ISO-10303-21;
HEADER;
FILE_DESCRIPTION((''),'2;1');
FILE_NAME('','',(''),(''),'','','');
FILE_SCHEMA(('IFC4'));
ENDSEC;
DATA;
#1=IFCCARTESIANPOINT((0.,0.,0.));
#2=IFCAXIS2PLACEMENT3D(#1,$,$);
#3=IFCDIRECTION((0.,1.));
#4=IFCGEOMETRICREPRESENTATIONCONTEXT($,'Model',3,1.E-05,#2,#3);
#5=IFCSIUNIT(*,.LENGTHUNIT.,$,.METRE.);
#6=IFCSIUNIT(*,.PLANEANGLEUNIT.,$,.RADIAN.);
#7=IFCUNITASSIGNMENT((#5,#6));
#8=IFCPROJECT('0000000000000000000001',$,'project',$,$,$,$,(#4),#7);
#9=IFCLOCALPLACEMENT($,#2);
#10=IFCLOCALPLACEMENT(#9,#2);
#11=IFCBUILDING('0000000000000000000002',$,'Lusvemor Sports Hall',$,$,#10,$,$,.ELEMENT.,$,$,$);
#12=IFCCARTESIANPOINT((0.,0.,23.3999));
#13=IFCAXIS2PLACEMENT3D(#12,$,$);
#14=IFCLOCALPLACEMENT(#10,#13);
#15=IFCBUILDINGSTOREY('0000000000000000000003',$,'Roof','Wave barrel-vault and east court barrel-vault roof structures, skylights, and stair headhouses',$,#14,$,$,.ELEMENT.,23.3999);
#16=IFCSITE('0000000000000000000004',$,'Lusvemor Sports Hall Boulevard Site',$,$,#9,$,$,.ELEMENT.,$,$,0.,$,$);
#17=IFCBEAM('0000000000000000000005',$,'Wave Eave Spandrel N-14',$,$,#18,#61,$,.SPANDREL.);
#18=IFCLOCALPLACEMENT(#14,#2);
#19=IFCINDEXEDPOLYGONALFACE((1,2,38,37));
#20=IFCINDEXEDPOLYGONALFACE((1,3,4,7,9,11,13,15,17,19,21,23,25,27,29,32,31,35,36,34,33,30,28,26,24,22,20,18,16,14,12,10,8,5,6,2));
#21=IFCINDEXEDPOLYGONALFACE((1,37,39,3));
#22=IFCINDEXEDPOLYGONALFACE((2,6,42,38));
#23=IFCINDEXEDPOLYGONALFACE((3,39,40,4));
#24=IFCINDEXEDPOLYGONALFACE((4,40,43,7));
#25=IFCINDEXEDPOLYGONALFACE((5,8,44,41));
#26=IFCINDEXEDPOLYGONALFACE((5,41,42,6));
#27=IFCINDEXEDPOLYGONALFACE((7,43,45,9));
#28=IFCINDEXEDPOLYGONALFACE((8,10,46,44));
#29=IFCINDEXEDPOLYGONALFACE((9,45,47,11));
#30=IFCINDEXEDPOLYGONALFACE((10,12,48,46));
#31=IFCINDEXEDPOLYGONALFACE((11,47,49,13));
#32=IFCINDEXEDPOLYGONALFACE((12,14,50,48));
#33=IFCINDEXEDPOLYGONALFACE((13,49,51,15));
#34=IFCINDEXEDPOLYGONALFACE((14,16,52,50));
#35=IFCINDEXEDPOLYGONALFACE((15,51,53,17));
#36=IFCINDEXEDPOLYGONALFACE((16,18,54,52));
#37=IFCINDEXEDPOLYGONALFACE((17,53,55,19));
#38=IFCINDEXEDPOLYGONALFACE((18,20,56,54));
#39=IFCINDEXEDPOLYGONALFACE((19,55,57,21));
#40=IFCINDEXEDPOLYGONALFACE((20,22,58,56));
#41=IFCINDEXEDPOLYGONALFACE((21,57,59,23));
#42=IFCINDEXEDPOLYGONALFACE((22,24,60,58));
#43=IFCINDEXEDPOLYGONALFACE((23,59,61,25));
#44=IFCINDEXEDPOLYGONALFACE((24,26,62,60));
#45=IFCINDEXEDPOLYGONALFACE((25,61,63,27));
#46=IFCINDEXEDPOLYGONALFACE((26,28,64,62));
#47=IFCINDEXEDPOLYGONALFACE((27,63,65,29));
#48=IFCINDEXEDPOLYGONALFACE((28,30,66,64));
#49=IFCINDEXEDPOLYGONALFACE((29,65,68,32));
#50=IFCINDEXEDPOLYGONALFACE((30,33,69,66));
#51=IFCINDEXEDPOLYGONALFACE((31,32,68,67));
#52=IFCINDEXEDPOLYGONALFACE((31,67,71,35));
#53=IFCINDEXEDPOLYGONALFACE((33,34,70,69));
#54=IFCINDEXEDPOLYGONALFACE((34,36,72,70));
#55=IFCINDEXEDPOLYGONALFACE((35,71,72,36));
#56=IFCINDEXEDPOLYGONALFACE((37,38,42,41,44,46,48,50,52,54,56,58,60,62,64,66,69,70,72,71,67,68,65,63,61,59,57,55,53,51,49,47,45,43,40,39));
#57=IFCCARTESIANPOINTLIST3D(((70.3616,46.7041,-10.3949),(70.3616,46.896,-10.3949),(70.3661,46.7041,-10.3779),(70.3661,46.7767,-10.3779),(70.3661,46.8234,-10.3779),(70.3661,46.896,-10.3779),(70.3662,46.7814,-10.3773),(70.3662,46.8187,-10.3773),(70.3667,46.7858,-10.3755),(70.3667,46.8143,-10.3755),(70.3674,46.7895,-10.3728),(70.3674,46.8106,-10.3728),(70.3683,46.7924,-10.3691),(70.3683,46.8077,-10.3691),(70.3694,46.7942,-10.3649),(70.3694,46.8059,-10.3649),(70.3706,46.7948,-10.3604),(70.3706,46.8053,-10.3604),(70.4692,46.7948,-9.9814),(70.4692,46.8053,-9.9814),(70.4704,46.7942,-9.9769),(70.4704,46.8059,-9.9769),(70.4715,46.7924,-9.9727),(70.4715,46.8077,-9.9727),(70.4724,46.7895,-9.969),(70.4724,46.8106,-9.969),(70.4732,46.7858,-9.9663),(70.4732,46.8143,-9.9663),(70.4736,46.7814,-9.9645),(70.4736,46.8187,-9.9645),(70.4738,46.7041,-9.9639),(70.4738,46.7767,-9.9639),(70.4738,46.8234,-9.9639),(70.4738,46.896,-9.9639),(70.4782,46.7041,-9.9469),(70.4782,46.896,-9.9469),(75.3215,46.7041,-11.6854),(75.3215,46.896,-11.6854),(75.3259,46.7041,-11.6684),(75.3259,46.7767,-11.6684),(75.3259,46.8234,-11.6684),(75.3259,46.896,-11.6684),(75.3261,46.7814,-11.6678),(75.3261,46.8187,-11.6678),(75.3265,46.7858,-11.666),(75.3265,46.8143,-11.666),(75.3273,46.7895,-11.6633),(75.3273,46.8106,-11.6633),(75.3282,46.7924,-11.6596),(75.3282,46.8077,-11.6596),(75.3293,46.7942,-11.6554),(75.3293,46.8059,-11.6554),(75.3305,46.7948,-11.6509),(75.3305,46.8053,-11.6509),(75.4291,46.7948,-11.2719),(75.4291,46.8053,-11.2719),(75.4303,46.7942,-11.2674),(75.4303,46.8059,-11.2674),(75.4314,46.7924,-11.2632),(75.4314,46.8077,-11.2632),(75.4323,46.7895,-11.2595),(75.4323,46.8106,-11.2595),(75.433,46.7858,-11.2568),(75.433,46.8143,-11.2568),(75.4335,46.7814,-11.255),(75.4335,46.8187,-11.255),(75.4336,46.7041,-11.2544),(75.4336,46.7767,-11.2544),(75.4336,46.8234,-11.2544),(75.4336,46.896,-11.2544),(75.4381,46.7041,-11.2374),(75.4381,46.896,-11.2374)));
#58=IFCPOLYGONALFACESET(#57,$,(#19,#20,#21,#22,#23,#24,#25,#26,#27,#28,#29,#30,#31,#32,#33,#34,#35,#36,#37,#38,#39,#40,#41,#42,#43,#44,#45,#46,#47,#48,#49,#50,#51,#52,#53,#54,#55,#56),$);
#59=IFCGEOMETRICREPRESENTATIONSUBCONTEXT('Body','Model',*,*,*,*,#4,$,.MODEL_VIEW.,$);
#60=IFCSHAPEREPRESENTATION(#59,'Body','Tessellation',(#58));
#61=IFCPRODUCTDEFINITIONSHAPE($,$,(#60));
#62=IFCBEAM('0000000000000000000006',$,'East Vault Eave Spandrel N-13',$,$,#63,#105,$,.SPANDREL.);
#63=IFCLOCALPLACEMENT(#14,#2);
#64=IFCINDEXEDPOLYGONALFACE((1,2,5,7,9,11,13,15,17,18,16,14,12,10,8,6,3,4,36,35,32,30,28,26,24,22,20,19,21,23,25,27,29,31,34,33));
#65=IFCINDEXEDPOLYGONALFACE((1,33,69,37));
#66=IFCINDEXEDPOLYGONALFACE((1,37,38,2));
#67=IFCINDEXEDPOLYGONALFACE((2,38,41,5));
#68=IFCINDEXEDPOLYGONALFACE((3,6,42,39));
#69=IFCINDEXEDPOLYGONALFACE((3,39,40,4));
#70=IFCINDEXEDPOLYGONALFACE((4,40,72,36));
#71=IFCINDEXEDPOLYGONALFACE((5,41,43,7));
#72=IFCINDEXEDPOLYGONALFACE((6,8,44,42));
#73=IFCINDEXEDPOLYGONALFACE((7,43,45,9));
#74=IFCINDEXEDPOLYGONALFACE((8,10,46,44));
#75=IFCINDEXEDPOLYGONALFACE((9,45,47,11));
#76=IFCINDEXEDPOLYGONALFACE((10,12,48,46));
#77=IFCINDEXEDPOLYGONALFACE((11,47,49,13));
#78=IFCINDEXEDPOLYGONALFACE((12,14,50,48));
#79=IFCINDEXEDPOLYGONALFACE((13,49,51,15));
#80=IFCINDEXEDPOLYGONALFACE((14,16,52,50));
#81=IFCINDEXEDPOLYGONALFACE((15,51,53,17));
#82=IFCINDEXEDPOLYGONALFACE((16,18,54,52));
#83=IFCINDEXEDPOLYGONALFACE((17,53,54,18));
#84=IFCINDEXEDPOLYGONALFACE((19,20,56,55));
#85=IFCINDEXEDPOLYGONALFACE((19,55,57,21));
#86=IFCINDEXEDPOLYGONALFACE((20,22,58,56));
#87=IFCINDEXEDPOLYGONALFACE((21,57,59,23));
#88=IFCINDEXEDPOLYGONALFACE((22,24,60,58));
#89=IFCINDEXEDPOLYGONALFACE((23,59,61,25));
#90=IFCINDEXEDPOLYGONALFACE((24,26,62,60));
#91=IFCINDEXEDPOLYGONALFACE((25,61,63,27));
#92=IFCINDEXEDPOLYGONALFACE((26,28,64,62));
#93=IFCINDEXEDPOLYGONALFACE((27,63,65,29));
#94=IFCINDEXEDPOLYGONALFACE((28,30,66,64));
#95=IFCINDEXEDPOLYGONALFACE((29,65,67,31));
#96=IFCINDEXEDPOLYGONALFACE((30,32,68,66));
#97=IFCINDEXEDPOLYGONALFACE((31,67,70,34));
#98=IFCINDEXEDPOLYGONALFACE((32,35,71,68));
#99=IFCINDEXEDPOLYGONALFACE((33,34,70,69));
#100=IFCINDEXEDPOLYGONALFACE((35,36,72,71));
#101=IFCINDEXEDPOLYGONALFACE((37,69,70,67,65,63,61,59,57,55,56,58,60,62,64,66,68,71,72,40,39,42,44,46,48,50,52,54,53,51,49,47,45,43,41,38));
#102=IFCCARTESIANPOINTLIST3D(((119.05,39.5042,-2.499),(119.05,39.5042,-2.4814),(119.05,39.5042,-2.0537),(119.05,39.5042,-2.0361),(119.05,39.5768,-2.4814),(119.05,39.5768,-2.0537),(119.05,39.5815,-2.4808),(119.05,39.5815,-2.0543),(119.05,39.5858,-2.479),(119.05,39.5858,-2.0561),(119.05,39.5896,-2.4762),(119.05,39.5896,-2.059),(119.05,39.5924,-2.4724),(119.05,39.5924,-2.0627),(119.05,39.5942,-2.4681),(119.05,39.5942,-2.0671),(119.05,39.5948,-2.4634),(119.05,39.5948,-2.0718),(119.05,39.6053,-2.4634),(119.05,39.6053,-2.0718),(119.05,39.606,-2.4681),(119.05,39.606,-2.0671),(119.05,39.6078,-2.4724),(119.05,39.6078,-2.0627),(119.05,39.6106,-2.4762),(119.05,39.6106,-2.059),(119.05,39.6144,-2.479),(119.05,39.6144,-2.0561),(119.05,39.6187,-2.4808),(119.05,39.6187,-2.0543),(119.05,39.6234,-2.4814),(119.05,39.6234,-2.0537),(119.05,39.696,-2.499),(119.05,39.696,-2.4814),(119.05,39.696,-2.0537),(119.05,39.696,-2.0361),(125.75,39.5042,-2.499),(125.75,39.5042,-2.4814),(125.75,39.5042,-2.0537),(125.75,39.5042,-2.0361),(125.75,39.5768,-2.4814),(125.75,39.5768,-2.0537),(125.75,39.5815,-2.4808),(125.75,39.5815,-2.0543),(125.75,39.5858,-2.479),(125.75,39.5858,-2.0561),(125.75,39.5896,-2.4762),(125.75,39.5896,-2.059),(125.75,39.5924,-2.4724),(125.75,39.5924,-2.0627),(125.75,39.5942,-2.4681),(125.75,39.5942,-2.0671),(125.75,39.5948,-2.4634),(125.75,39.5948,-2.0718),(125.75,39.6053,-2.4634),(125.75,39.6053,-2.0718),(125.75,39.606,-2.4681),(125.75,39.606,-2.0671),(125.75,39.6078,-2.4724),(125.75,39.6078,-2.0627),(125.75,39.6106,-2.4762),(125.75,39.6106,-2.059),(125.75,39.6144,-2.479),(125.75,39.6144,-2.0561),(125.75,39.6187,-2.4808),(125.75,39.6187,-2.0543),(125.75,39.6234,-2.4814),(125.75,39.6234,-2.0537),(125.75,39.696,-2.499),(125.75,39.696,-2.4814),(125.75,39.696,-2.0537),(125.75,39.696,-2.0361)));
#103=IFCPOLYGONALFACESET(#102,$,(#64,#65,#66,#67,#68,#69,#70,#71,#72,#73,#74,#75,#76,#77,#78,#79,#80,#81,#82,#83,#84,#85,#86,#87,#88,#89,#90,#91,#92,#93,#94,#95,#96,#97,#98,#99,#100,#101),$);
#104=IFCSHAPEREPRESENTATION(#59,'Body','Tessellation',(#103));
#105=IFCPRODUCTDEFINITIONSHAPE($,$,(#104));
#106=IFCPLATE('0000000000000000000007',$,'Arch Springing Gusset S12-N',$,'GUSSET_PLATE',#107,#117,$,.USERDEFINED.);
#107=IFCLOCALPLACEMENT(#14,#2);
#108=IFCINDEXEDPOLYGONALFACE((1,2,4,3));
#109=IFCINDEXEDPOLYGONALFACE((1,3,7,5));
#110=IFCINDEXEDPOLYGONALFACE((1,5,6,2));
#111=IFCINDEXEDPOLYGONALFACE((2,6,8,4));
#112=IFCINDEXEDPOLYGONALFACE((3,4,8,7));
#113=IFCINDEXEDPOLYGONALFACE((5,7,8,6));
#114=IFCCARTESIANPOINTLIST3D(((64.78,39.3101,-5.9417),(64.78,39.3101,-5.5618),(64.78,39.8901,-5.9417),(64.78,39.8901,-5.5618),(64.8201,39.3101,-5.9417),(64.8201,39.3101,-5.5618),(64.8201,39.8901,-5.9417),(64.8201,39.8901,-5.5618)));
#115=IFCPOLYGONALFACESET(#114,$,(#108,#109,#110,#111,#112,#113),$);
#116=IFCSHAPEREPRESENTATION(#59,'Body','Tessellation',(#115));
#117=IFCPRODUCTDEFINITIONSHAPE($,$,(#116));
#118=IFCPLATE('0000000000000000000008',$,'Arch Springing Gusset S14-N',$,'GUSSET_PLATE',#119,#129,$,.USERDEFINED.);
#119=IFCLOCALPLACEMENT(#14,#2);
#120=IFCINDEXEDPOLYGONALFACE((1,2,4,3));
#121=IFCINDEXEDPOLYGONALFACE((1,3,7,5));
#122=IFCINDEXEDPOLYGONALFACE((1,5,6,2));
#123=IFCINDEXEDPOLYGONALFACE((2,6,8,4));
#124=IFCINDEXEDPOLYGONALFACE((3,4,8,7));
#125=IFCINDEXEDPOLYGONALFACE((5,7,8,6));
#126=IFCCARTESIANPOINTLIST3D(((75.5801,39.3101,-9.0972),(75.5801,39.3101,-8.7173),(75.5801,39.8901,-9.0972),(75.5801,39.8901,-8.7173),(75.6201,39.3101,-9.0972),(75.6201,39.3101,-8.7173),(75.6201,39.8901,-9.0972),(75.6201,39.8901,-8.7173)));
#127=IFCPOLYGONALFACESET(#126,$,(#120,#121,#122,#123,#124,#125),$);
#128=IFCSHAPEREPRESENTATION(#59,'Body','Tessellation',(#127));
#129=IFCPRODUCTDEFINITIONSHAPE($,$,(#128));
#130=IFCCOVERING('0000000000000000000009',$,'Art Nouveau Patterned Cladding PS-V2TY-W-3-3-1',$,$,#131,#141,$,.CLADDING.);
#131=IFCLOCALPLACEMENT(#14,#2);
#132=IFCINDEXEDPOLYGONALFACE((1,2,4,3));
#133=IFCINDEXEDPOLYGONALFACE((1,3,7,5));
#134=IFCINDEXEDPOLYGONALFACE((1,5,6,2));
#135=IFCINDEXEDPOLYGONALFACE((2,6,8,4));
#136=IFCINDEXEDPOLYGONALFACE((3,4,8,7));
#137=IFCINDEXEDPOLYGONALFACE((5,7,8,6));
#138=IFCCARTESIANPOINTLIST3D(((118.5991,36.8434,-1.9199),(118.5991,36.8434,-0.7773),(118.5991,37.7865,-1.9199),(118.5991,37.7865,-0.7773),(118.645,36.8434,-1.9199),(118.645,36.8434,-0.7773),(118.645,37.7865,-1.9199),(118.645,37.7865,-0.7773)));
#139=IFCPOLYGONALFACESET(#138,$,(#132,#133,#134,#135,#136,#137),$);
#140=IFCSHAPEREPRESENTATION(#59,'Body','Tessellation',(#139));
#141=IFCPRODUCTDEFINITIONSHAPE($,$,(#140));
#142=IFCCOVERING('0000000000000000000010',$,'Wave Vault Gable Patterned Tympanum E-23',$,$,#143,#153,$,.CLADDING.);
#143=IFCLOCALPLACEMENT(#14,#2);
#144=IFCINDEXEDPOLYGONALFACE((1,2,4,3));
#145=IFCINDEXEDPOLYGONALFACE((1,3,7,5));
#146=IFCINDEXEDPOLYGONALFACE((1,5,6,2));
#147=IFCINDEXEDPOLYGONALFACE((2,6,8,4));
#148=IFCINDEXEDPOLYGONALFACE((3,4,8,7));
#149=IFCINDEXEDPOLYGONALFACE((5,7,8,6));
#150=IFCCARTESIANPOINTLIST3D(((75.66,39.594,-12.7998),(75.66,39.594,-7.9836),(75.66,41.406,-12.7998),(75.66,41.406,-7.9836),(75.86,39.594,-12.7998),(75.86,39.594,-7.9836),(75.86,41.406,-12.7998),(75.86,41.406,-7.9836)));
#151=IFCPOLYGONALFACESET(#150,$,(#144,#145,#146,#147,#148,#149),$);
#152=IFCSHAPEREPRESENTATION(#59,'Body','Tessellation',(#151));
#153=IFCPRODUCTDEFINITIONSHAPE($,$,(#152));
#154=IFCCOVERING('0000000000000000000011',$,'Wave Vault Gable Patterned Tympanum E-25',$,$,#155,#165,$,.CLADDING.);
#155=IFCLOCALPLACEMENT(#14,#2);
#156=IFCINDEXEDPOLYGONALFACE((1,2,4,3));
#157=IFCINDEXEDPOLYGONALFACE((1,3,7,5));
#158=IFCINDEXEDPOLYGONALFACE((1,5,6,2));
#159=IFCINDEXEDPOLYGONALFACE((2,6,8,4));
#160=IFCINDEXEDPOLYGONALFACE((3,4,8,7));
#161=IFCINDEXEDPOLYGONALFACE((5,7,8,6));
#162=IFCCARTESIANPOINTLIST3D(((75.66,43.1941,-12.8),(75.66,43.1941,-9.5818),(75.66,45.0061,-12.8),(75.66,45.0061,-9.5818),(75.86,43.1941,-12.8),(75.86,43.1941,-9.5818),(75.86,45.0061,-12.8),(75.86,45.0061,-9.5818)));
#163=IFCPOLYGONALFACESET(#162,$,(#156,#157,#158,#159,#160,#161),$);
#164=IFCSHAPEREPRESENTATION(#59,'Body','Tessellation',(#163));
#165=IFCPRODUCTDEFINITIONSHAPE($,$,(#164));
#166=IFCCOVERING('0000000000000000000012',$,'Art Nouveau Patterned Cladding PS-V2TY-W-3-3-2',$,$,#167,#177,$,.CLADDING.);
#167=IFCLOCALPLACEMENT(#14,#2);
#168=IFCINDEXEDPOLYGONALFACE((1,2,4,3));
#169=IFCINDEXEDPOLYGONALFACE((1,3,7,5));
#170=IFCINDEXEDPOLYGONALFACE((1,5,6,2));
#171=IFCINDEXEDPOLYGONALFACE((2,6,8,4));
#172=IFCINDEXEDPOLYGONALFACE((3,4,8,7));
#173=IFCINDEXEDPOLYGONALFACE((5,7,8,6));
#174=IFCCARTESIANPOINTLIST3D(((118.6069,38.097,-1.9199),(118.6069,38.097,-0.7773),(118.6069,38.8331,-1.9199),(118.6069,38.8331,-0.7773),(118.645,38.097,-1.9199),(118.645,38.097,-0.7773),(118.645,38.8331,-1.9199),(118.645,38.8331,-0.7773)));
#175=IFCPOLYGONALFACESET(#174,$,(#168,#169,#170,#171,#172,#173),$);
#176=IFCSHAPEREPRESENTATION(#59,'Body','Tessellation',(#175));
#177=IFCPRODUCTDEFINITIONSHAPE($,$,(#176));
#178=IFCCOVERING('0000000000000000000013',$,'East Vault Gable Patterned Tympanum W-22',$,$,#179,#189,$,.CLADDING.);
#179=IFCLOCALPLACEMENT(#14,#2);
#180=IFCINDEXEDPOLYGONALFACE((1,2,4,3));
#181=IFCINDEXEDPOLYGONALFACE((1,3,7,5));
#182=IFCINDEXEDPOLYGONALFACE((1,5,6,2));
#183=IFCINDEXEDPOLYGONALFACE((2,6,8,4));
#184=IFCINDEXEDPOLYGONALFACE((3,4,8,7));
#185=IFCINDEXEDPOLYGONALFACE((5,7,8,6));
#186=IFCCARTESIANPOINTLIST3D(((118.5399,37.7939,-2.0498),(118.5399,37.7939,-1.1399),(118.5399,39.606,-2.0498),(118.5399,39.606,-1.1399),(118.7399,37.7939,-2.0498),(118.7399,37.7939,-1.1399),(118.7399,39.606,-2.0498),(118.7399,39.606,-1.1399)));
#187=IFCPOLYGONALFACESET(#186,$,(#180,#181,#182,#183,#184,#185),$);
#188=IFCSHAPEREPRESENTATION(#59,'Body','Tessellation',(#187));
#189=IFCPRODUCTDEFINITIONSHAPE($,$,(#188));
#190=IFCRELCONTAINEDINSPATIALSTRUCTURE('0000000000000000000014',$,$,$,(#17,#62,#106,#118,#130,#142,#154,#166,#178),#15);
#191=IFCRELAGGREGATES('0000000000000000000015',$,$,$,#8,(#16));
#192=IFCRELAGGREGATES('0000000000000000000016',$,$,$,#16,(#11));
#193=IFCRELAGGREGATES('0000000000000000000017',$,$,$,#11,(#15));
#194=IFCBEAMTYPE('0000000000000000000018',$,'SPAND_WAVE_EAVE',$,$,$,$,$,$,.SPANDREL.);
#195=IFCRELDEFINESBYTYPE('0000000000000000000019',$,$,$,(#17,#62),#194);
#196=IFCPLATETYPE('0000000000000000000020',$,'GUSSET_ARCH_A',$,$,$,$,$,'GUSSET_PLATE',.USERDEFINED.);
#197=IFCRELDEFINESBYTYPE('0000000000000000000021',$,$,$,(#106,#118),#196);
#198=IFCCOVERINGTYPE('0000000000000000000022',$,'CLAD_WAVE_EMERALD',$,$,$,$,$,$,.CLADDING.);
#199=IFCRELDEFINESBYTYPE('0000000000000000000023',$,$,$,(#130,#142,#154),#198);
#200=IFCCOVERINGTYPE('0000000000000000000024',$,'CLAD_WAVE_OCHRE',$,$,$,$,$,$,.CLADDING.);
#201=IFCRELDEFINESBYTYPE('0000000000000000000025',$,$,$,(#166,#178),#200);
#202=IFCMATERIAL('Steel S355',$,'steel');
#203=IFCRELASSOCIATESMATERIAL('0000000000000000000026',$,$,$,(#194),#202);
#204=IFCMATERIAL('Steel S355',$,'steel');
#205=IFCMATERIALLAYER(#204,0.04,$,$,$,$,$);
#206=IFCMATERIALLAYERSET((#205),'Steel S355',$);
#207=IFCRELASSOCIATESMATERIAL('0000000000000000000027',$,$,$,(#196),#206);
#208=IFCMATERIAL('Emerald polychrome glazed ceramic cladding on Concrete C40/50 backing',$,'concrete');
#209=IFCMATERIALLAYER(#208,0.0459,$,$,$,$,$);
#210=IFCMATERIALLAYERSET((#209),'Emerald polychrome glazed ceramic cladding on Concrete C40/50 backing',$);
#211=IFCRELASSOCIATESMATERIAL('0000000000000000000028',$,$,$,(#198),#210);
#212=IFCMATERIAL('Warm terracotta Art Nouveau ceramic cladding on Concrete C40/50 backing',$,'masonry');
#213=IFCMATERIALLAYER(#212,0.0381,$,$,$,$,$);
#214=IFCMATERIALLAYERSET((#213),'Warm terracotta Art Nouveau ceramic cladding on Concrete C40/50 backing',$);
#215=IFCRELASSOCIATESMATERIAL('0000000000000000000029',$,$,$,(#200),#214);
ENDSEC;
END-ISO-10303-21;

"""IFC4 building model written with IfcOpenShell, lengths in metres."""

from ifc_helpers import new_model, si_unit, direction, frame, origin, origin_2d, place, context, subcontext, project, spatial, rectangle, i_section, extrude, material, layer, layer_set, material_profile, profile_set, type_object, element, save


model = new_model("IFC4")

# Units and contexts
model_context = context("Model", 3, precision=1e-05, world=origin(), true_north=direction((0.0, 1.0)))
body_context = subcontext(model_context, "Body", "Model", "MODEL_VIEW")
ifc_project = project(units=[si_unit("LENGTHUNIT", "METRE"), si_unit("PLANEANGLEUNIT", "RADIAN")], contexts=[model_context])

# Site, building, storey
site_placement = place(None, origin())
site = spatial("IfcSite", under=ifc_project, at=site_placement, Name="Lusvemor Sports Hall Boulevard Site", CompositionType="ELEMENT", RefElevation=0.0)
building_placement = place(site_placement, origin())
building = spatial("IfcBuilding", under=site, at=building_placement, Name="Lusvemor Sports Hall", CompositionType="ELEMENT")
storey_placement = place(building_placement, frame((0.0, 0.0, 23.3999)))
storey = spatial("IfcBuildingStorey", under=building, at=storey_placement, Name="Roof", Description="Wave barrel-vault and east court barrel-vault roof structures, skylights, and stair headhouses", CompositionType="ELEMENT", Elevation=23.3999)

# Beams
ifc_material_1 = material(Name="Steel S355", Category="steel")
ifc_material_profile_1 = material_profile(ifc_material_1, i_section(OverallWidth=0.1919, OverallDepth=0.4629, WebThickness=0.0105, FlangeThickness=0.0176, FilletRadius=0.0181, at=origin_2d()), Name="W460x89.0")
ifc_profile_set_1 = profile_set([ifc_material_profile_1], Name="Steel S355")
beam_type_1 = type_object("IfcBeamType", Name="SPAND_WAVE_EAVE", PredefinedType="SPANDREL", material=ifc_profile_set_1)
beam_1_placement = place(storey_placement, frame((70.4199, 46.8, -10.1709), z_axis=(0.967778, 0.0, -0.251805), x_axis=(0.0, 1.0, 0.0)))
element("IfcBeam", 1, at=beam_1_placement, inside=storey, type_object=beam_type_1, Name="Wave Eave Spandrel N-14", PredefinedType="SPANDREL", context=body_context, shape_type="SweptSolid", body=[
    extrude(i_section(OverallWidth=0.1919, OverallDepth=0.4629, WebThickness=0.0105, FlangeThickness=0.0176, FilletRadius=0.0181, at=origin_2d()), origin(), (0.0, 0.0, 1.0), 5.125),
])
beam_2_placement = place(storey_placement, frame((119.05, 39.6001, -2.2676), z_axis=(1.0, 0.0, 0.0), x_axis=(0.0, 1.0, 0.0)))
element("IfcBeam", 2, at=beam_2_placement, inside=storey, type_object=beam_type_1, Name="East Vault Eave Spandrel N-13", PredefinedType="SPANDREL", context=body_context, shape_type="SweptSolid", body=[
    extrude(i_section(OverallWidth=0.1919, OverallDepth=0.4629, WebThickness=0.0105, FlangeThickness=0.0176, FilletRadius=0.0181, at=origin_2d()), origin(), (0.0, 0.0, 1.0), 6.7),
])

# Plates
ifc_material_2 = material(Name="Steel S355", Category="steel")
ifc_layer_1 = layer(ifc_material_2, 0.04)
ifc_layer_set_1 = layer_set([ifc_layer_1], Name="Steel S355")
plate_type = type_object("IfcPlateType", Name="GUSSET_ARCH_A", ElementType="GUSSET_PLATE", PredefinedType="USERDEFINED", material=ifc_layer_set_1)
for number, where, z_axis, x_axis, name in (
    (3, (64.8, 39.6001, -5.9417), (0.0, 0.0, 1.0), (1.0, 0.0, 0.0), "Arch Springing Gusset S12-N"),
    (4, (75.6001, 39.6001, -9.0972), (0.0, 0.0, 1.0), (1.0, 0.0, 0.0), "Arch Springing Gusset S14-N"),
):
    element("IfcPlate", number, at=place(storey_placement, frame(where, z_axis=z_axis, x_axis=x_axis)), inside=storey, type_object=plate_type, Name=name, ObjectType="GUSSET_PLATE", PredefinedType="USERDEFINED", context=body_context, shape_type="SweptSolid", body=[
        extrude(rectangle(XDim=0.04, YDim=0.5801, at=origin_2d()), origin(), (0.0, 0.0, 1.0), 0.3799),
    ])

# Coverings
ifc_material_3 = material(Name="Emerald polychrome glazed ceramic cladding on Concrete C40/50 backing", Category="concrete")
ifc_layer_2 = layer(ifc_material_3, 0.0459)
ifc_layer_set_2 = layer_set([ifc_layer_2], Name="Emerald polychrome glazed ceramic cladding on Concrete C40/50 backing")
covering_type_1 = type_object("IfcCoveringType", Name="CLAD_WAVE_EMERALD", PredefinedType="CLADDING", material=ifc_layer_set_2)
covering_1_placement = place(storey_placement, frame((118.6221, 37.3149, -1.9199), z_axis=(0.0, 0.0, 1.0), x_axis=(1.0, 0.0, 0.0)))
element("IfcCovering", 5, at=covering_1_placement, inside=storey, type_object=covering_type_1, Name="Art Nouveau Patterned Cladding PS-V2TY-W-3-3-1", PredefinedType="CLADDING", context=body_context, shape_type="SweptSolid", body=[
    extrude(rectangle(XDim=0.0459, YDim=0.9431, at=origin_2d()), origin(), (0.0, 0.0, 1.0), 1.1426),
])
covering_2_placement = place(storey_placement, frame((75.76, 40.5, -12.7998), z_axis=(0.0, 0.0, 1.0), x_axis=(1.0, 0.0, 0.0)))
element("IfcCovering", 6, at=covering_2_placement, inside=storey, type_object=covering_type_1, Name="Wave Vault Gable Patterned Tympanum E-23", PredefinedType="CLADDING", context=body_context, shape_type="SweptSolid", body=[
    extrude(rectangle(XDim=0.2, YDim=1.812, at=origin_2d()), origin(), (0.0, 0.0, 1.0), 4.8162),
])
covering_3_placement = place(storey_placement, frame((75.76, 44.1001, -12.8), z_axis=(0.0, 0.0, 1.0), x_axis=(1.0, 0.0, 0.0)))
element("IfcCovering", 7, at=covering_3_placement, inside=storey, type_object=covering_type_1, Name="Wave Vault Gable Patterned Tympanum E-25", PredefinedType="CLADDING", context=body_context, shape_type="SweptSolid", body=[
    extrude(rectangle(XDim=0.2, YDim=1.812, at=origin_2d()), origin(), (0.0, 0.0, 1.0), 3.2183),
])
ifc_material_4 = material(Name="Warm terracotta Art Nouveau ceramic cladding on Concrete C40/50 backing", Category="masonry")
ifc_layer_3 = layer(ifc_material_4, 0.0381)
ifc_layer_set_3 = layer_set([ifc_layer_3], Name="Warm terracotta Art Nouveau ceramic cladding on Concrete C40/50 backing")
covering_type_2 = type_object("IfcCoveringType", Name="CLAD_WAVE_OCHRE", PredefinedType="CLADDING", material=ifc_layer_set_3)
covering_4_placement = place(storey_placement, frame((118.626, 38.4651, -1.9199), z_axis=(0.0, 0.0, 1.0), x_axis=(1.0, 0.0, 0.0)))
element("IfcCovering", 8, at=covering_4_placement, inside=storey, type_object=covering_type_2, Name="Art Nouveau Patterned Cladding PS-V2TY-W-3-3-2", PredefinedType="CLADDING", context=body_context, shape_type="SweptSolid", body=[
    extrude(rectangle(XDim=0.0381, YDim=0.7361, at=origin_2d()), origin(), (0.0, 0.0, 1.0), 1.1426),
])
covering_5_placement = place(storey_placement, frame((118.6399, 38.7, -2.0498), z_axis=(0.0, 0.0, 1.0), x_axis=(1.0, 0.0, 0.0)))
element("IfcCovering", 9, at=covering_5_placement, inside=storey, type_object=covering_type_2, Name="East Vault Gable Patterned Tympanum W-22", PredefinedType="CLADDING", context=body_context, shape_type="SweptSolid", body=[
    extrude(rectangle(XDim=0.2, YDim=1.812, at=origin_2d()), origin(), (0.0, 0.0, 1.0), 0.9099),
])

save(model, "model.ifc")
